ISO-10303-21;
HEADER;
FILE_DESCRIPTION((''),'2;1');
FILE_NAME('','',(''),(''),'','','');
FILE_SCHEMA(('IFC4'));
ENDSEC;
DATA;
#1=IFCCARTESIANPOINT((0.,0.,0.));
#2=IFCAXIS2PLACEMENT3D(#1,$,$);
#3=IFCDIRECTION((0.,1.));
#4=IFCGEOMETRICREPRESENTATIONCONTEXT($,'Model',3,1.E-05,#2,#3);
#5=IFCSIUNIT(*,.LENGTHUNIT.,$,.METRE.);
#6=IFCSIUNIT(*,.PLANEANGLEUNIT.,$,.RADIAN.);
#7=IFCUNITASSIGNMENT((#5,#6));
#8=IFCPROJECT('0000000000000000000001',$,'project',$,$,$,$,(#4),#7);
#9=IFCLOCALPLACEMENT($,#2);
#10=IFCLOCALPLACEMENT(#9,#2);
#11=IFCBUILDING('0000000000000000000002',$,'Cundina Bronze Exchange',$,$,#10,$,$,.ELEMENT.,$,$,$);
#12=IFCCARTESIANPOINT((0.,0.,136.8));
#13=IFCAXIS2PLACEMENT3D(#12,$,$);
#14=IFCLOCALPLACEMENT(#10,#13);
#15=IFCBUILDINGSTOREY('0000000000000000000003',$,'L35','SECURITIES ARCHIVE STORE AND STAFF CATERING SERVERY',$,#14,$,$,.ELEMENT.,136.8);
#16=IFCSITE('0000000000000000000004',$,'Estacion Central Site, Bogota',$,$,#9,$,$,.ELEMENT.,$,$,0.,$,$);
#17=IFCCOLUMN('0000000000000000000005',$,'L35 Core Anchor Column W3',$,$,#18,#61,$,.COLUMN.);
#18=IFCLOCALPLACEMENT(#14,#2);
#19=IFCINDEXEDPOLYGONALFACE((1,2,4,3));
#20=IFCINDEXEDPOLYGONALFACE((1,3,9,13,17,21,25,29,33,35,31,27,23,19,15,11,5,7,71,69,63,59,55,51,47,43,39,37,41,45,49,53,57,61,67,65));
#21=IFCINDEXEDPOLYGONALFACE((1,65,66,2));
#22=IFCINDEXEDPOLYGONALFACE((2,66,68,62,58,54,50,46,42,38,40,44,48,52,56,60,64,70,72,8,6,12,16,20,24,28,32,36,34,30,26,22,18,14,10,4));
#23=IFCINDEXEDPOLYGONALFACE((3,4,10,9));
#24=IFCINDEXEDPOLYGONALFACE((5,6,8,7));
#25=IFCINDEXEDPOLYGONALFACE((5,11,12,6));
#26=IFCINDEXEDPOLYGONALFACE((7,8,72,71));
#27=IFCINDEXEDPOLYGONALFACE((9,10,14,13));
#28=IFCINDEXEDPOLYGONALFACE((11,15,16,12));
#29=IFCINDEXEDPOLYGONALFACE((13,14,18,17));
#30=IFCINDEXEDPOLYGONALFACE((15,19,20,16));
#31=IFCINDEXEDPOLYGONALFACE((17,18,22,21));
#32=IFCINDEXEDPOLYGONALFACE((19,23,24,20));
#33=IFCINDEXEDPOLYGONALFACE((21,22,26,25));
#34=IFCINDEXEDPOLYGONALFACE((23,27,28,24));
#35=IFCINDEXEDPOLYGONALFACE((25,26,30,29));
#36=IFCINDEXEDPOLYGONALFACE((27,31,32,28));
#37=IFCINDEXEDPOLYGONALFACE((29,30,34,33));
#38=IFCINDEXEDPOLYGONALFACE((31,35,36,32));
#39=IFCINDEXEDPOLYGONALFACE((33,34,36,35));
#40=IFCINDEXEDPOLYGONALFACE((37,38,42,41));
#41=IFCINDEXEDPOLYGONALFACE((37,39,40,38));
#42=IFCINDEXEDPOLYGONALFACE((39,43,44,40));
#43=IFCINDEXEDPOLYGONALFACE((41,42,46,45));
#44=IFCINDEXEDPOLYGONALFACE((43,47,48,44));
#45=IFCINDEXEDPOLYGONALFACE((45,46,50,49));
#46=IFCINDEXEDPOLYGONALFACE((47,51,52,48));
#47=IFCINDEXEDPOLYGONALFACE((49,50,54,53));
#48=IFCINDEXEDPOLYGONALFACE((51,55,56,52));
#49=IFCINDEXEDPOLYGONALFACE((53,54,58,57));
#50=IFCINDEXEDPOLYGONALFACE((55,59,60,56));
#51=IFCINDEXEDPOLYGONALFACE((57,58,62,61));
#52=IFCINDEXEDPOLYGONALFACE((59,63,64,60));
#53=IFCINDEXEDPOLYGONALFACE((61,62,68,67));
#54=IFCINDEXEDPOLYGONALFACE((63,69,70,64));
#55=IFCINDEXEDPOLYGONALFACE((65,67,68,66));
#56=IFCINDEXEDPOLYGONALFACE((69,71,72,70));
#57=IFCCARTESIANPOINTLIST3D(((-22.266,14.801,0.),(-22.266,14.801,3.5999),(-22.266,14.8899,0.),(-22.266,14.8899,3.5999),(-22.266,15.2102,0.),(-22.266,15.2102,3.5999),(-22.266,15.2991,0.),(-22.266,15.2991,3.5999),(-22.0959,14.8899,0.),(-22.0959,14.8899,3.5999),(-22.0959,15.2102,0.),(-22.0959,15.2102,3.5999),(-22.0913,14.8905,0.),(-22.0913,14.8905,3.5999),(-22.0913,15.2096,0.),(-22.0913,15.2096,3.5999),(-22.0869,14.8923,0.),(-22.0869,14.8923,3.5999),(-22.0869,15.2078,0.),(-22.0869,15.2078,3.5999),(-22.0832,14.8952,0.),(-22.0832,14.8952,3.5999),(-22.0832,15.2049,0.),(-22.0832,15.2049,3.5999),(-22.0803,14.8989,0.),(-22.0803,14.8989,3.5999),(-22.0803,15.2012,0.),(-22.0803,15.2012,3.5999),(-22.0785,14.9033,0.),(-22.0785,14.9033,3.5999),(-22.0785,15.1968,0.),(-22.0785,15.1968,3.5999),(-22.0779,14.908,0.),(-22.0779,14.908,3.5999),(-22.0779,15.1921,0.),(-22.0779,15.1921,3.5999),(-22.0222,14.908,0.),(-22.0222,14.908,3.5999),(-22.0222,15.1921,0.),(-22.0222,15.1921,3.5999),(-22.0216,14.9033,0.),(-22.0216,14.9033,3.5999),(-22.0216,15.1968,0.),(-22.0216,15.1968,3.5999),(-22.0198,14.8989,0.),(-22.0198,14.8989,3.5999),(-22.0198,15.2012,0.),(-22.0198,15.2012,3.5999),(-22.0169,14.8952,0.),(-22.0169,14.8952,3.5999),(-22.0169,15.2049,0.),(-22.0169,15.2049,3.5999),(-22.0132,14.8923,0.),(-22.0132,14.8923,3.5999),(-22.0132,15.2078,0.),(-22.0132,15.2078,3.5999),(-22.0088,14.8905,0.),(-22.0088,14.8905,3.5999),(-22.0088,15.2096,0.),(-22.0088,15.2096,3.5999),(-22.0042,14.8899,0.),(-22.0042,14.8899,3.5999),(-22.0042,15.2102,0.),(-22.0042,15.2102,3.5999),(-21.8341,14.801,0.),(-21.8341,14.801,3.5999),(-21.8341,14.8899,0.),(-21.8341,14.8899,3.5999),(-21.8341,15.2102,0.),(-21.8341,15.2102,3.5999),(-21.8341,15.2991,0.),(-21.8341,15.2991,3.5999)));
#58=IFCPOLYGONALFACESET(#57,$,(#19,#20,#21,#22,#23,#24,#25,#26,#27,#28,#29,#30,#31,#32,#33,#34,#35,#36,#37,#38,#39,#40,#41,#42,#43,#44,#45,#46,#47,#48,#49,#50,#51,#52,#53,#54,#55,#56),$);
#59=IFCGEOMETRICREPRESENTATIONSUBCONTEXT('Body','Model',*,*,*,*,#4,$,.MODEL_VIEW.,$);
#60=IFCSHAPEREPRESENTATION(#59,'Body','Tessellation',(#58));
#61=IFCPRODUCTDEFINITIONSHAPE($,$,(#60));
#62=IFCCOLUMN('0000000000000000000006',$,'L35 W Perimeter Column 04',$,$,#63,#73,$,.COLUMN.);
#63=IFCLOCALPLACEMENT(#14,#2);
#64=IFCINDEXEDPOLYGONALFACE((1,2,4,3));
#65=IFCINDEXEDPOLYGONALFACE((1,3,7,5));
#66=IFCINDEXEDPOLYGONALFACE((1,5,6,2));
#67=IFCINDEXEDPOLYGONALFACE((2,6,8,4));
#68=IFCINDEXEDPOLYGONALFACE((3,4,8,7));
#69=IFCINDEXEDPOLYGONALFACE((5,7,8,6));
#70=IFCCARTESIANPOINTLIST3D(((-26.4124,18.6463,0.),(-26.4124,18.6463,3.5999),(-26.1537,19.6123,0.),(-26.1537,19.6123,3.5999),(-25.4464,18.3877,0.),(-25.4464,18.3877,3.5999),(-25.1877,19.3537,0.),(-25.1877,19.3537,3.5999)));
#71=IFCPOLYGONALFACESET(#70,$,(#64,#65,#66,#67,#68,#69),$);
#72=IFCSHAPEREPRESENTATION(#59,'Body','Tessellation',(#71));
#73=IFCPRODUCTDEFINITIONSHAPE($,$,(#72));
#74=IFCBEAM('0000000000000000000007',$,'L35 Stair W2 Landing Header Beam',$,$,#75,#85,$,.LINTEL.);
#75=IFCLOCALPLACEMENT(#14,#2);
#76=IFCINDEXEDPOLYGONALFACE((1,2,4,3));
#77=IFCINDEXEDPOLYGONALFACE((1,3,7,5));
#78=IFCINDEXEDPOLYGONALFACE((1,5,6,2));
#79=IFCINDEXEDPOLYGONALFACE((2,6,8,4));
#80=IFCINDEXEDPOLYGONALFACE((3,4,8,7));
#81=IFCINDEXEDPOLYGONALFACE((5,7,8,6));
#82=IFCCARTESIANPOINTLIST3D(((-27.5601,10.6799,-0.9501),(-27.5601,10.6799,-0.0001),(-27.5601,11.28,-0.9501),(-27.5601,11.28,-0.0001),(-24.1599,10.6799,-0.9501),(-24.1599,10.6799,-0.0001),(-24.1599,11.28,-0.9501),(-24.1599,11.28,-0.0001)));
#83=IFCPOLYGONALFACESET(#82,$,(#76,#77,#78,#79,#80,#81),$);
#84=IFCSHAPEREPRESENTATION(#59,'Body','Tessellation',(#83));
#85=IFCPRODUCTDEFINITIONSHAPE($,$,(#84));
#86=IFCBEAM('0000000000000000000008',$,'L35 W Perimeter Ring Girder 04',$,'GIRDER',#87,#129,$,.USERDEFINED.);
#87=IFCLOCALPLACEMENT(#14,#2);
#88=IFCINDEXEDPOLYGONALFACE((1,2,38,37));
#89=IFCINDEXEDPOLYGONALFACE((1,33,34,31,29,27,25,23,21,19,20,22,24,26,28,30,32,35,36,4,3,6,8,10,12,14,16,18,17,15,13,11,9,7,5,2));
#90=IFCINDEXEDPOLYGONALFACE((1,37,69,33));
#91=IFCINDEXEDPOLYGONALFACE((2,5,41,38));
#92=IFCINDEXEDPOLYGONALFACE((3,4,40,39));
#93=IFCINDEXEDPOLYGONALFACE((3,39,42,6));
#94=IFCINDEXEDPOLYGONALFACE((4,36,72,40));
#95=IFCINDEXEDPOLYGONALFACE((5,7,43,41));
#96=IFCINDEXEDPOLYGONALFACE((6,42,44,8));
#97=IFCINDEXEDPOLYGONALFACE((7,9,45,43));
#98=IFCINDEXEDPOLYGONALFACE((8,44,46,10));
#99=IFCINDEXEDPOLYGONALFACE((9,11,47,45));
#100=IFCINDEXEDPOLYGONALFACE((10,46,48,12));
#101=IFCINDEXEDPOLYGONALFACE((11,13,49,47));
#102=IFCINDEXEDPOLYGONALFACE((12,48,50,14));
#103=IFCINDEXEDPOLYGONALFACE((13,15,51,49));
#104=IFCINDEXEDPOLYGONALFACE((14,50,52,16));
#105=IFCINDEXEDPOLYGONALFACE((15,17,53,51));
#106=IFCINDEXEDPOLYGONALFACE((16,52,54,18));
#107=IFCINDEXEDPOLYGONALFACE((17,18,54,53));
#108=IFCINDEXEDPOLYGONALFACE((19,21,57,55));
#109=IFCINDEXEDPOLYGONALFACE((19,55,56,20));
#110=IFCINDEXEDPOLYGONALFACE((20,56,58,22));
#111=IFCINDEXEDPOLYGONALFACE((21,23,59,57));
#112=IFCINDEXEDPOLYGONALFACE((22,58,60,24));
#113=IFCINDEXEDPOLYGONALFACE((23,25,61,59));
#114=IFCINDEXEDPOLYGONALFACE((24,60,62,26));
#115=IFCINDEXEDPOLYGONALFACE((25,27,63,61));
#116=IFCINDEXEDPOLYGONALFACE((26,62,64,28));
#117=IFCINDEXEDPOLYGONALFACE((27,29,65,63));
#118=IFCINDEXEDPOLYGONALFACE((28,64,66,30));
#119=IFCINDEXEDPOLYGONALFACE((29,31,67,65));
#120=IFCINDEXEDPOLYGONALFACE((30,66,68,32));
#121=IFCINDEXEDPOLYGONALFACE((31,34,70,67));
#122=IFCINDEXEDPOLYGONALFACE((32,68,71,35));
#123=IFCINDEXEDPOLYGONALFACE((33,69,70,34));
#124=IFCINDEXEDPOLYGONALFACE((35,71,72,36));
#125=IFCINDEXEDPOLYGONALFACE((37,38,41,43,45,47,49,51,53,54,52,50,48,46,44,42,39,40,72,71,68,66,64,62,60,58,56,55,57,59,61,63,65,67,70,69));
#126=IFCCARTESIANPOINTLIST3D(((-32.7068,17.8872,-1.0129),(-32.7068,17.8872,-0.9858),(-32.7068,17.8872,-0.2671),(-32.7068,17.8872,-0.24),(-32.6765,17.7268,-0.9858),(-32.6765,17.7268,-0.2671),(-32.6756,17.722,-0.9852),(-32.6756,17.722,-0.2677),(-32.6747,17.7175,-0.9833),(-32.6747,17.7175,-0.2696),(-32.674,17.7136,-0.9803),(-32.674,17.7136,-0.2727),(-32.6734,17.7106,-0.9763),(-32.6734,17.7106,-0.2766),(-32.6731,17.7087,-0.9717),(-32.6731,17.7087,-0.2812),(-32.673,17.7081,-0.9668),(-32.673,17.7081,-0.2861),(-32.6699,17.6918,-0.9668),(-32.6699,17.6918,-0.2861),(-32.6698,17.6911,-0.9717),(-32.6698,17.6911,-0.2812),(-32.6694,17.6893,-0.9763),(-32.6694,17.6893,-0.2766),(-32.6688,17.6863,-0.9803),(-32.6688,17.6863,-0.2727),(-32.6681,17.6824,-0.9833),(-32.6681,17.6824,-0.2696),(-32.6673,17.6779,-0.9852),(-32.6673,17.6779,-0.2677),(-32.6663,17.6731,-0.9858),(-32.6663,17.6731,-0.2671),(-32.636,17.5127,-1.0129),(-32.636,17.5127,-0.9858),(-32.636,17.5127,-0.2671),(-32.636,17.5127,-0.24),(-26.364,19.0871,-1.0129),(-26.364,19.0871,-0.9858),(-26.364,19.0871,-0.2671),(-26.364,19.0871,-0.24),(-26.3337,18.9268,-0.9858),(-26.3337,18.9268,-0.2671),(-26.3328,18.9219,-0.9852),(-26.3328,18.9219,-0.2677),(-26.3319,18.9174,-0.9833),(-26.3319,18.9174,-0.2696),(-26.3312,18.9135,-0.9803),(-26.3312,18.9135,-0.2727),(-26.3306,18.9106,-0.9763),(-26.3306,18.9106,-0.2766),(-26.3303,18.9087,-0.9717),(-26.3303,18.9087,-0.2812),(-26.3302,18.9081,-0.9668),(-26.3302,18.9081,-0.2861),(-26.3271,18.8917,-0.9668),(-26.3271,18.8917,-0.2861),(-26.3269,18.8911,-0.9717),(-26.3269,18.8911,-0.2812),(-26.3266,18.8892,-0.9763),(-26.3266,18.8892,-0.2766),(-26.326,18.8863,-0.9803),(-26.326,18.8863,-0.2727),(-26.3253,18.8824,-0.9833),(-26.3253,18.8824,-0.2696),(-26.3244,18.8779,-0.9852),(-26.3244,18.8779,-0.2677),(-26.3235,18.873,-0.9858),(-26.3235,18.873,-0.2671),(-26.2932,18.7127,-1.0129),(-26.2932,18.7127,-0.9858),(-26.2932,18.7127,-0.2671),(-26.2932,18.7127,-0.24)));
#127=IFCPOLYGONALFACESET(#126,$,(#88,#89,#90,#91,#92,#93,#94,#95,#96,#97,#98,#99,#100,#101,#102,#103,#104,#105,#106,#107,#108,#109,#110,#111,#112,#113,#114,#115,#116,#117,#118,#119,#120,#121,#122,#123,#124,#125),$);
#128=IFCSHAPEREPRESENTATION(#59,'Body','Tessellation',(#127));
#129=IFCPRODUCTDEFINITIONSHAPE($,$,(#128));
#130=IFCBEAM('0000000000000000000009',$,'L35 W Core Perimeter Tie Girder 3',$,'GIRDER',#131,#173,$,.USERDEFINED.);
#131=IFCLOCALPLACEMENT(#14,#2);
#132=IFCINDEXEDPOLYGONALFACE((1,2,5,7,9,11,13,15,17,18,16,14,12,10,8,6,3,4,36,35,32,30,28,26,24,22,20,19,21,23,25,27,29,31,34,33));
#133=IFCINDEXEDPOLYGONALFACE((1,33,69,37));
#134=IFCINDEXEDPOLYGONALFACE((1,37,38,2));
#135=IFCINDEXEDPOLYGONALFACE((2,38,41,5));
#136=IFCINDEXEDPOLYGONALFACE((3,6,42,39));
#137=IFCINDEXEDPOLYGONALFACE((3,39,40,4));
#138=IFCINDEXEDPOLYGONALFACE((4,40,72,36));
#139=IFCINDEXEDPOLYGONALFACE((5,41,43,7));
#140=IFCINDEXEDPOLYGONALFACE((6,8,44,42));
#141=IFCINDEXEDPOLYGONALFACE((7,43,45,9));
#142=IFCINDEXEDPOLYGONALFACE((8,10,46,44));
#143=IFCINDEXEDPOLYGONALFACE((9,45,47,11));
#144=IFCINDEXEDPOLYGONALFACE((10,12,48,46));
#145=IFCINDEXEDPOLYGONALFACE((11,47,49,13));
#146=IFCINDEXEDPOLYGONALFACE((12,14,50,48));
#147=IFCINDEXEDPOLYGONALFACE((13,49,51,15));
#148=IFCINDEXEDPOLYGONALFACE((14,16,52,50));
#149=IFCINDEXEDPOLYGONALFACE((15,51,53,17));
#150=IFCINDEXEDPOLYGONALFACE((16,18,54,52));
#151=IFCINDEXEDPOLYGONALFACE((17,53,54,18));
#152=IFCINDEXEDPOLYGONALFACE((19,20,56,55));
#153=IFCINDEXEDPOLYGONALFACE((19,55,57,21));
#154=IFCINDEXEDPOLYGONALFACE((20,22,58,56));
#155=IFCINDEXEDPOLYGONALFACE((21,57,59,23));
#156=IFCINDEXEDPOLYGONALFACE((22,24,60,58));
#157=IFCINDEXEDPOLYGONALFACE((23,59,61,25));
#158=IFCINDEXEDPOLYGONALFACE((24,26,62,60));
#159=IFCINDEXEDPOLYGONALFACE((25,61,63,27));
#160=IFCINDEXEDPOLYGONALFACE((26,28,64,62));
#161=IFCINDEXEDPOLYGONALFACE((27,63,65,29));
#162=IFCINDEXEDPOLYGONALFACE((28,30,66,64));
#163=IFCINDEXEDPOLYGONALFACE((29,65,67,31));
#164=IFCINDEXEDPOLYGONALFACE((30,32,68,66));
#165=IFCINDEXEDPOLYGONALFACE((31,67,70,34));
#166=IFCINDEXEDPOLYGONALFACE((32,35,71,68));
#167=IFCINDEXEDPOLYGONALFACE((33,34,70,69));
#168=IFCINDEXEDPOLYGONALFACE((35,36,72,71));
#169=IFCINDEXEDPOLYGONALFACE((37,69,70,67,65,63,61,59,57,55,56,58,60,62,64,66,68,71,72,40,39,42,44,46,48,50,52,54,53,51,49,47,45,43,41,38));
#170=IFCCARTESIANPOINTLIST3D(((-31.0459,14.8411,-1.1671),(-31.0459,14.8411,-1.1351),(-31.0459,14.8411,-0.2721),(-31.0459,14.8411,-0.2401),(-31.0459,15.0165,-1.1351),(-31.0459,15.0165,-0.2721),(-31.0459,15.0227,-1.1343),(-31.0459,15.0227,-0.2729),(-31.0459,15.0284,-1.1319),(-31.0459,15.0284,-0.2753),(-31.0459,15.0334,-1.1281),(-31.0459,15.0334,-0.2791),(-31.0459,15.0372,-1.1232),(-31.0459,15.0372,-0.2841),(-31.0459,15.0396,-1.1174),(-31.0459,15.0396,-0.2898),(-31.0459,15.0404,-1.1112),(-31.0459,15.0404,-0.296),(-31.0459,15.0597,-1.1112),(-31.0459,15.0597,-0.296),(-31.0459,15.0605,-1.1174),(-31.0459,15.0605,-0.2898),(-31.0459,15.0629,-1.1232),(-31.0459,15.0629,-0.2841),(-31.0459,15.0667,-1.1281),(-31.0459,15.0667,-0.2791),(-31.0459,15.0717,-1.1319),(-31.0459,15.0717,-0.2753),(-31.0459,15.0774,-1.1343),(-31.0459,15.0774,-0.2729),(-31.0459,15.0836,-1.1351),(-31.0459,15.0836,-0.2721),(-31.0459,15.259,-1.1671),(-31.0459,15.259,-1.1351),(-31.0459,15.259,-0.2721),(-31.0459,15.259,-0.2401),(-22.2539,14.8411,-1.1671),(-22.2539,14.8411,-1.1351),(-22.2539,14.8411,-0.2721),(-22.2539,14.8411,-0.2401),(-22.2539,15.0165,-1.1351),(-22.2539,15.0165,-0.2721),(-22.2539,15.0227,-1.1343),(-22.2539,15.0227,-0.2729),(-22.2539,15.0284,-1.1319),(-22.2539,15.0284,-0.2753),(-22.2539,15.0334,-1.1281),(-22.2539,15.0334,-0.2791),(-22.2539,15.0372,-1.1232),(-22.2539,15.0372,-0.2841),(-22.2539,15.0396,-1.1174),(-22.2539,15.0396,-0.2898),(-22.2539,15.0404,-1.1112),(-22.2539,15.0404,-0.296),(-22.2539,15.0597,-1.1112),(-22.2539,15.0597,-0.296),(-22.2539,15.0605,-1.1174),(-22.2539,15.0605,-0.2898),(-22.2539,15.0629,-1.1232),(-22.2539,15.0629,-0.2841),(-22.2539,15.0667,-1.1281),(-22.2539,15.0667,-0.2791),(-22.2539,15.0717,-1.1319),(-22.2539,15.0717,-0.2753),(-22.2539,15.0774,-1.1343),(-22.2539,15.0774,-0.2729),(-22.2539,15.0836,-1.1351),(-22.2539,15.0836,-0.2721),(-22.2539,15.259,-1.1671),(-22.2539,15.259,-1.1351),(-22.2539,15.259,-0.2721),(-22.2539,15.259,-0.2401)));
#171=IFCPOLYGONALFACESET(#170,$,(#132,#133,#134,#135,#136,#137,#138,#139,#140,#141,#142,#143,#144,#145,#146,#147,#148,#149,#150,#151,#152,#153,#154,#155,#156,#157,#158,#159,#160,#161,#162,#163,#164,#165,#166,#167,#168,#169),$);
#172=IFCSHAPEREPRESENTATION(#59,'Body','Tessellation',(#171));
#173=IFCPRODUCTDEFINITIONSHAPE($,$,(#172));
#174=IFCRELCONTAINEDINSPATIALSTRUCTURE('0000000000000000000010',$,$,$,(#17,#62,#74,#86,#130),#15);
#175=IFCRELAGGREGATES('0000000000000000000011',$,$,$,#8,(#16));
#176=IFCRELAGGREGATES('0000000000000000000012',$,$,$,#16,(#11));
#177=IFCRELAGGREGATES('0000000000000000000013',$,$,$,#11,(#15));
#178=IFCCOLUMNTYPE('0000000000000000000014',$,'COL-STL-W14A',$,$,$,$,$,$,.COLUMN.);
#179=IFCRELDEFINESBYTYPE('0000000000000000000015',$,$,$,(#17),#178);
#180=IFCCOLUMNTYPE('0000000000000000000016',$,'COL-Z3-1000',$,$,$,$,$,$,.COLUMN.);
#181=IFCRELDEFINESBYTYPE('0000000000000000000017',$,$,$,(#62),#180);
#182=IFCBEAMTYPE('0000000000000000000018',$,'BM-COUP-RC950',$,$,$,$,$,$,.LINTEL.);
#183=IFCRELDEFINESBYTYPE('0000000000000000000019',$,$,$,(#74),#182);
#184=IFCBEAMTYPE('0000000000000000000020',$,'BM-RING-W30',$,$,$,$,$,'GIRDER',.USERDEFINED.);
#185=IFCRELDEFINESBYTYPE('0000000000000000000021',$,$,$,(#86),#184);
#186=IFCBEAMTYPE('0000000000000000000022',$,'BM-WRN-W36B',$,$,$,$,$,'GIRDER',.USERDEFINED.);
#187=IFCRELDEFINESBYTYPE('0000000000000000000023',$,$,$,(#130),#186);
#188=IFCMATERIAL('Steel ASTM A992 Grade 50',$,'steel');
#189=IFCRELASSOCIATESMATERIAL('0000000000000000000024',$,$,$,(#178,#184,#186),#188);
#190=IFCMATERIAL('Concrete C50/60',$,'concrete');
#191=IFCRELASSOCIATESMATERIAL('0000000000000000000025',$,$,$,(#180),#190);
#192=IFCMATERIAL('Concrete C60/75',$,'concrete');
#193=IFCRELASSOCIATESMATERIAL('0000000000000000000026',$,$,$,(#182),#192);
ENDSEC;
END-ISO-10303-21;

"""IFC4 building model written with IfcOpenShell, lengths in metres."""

from ifc_helpers import new_model, si_unit, direction, frame, origin, origin_2d, place, context, subcontext, project, spatial, rectangle, i_section, extrude, material, material_profile, profile_set, type_object, element, save


model = new_model("IFC4")

# Units and contexts
model_context = context("Model", 3, precision=1e-05, world=origin(), true_north=direction((0.0, 1.0)))
body_context = subcontext(model_context, "Body", "Model", "MODEL_VIEW")
ifc_project = project(units=[si_unit("LENGTHUNIT", "METRE"), si_unit("PLANEANGLEUNIT", "RADIAN")], contexts=[model_context])

# Site, building, storey
site_placement = place(None, origin())
site = spatial("IfcSite", under=ifc_project, at=site_placement, Name="Estacion Central Site, Bogota", CompositionType="ELEMENT", RefElevation=0.0)
building_placement = place(site_placement, origin())
building = spatial("IfcBuilding", under=site, at=building_placement, Name="Cundina Bronze Exchange", CompositionType="ELEMENT")
storey_placement = place(building_placement, frame((0.0, 0.0, 136.8)))
storey = spatial("IfcBuildingStorey", under=building, at=storey_placement, Name="L35", Description="SECURITIES ARCHIVE STORE AND STAFF CATERING SERVERY", CompositionType="ELEMENT", Elevation=136.8)

# Columns
ifc_material_1 = material(Name="Steel ASTM A992 Grade 50", Category="steel")
ifc_material_profile_1 = material_profile(ifc_material_1, i_section(OverallWidth=0.4319, OverallDepth=0.498, WebThickness=0.0557, FlangeThickness=0.0889, FilletRadius=0.0181, at=origin_2d()), Name="W14X500", Category="steel")
ifc_profile_set_1 = profile_set([ifc_material_profile_1], Name="Steel ASTM A992 Grade 50")
column_type_1 = type_object("IfcColumnType", Name="COL-STL-W14A", PredefinedType="COLUMN", material=ifc_profile_set_1)
column_1_placement = place(storey_placement, frame((-22.05, 15.05, 0.0), z_axis=(0.0, 0.0, 1.0), x_axis=(1.0, 0.0, 0.0)))
element("IfcColumn", 1, at=column_1_placement, inside=storey, type_object=column_type_1, Name="L35 Core Anchor Column W3", PredefinedType="COLUMN", context=body_context, shape_type="SweptSolid", body=[
    extrude(i_section(OverallWidth=0.4319, OverallDepth=0.498, WebThickness=0.0557, FlangeThickness=0.0889, FilletRadius=0.0181, at=origin_2d()), origin(), (0.0, 0.0, 1.0), 3.5999),
])
ifc_material_2 = material(Name="Concrete C50/60", Category="concrete")
ifc_material_profile_2 = material_profile(ifc_material_2, rectangle(XDim=1.0, YDim=1.0, at=origin_2d()), Name="RC1000X1000", Category="concrete")
ifc_profile_set_2 = profile_set([ifc_material_profile_2], Name="Concrete C50/60")
column_type_2 = type_object("IfcColumnType", Name="COL-Z3-1000", PredefinedType="COLUMN", material=ifc_profile_set_2)
column_2_placement = place(storey_placement, frame((-25.8, 19.0, 0.0), z_axis=(0.0, 0.0, 1.0), x_axis=(-0.965971, 0.25865, 0.0)))
element("IfcColumn", 2, at=column_2_placement, inside=storey, type_object=column_type_2, Name="L35 W Perimeter Column 04", PredefinedType="COLUMN", context=body_context, shape_type="SweptSolid", body=[
    extrude(rectangle(XDim=1.0, YDim=1.0, at=origin_2d()), origin(), (0.0, 0.0, 1.0), 3.5999),
])

# Beams
ifc_material_3 = material(Name="Concrete C60/75", Category="concrete")
ifc_material_profile_3 = material_profile(ifc_material_3, rectangle(XDim=0.6001, YDim=0.95, at=origin_2d()), Name="RC600X950", Category="concrete")
ifc_profile_set_3 = profile_set([ifc_material_profile_3], Name="Concrete C60/75")
beam_type_1 = type_object("IfcBeamType", Name="BM-COUP-RC950", PredefinedType="LINTEL", material=ifc_profile_set_3)
beam_1_placement = place(storey_placement, frame((-27.5601, 10.98, -0.4751), z_axis=(1.0, 0.0, 0.0), x_axis=(0.0, 1.0, 0.0)))
element("IfcBeam", 3, at=beam_1_placement, inside=storey, type_object=beam_type_1, Name="L35 Stair W2 Landing Header Beam", PredefinedType="LINTEL", context=body_context, shape_type="SweptSolid", body=[
    extrude(rectangle(XDim=0.6001, YDim=0.95, at=origin_2d()), origin(), (0.0, 0.0, 1.0), 3.4001),
])
ifc_material_profile_4 = material_profile(ifc_material_1, i_section(OverallWidth=0.3811, OverallDepth=0.7729, WebThickness=0.0166, FlangeThickness=0.0271, FilletRadius=0.019, at=origin_2d()), Name="W30X173", Category="steel")
ifc_profile_set_4 = profile_set([ifc_material_profile_4], Name="Steel ASTM A992 Grade 50")
beam_type_2 = type_object("IfcBeamType", Name="BM-RING-W30", ElementType="GIRDER", PredefinedType="USERDEFINED", material=ifc_profile_set_4)
beam_2_placement = place(storey_placement, frame((-26.3286, 18.8999, -0.6265), z_axis=(-0.982571, -0.185887, 0.0), x_axis=(0.185887, -0.982571, 0.0)))
element("IfcBeam", 4, at=beam_2_placement, inside=storey, type_object=beam_type_2, Name="L35 W Perimeter Ring Girder 04", ObjectType="GIRDER", PredefinedType="USERDEFINED", context=body_context, shape_type="SweptSolid", body=[
    extrude(i_section(OverallWidth=0.3811, OverallDepth=0.7729, WebThickness=0.0166, FlangeThickness=0.0271, FilletRadius=0.019, at=origin_2d()), origin(), (0.0, 0.0, 1.0), 6.4553),
])
ifc_material_profile_5 = material_profile(ifc_material_1, i_section(OverallWidth=0.418, OverallDepth=0.927, WebThickness=0.0193, FlangeThickness=0.032, FilletRadius=0.0239, at=origin_2d()), Name="W36X231", Category="steel")
ifc_profile_set_5 = profile_set([ifc_material_profile_5], Name="Steel ASTM A992 Grade 50")
beam_type_3 = type_object("IfcBeamType", Name="BM-WRN-W36B", ElementType="GIRDER", PredefinedType="USERDEFINED", material=ifc_profile_set_5)
beam_3_placement = place(storey_placement, frame((-22.2539, 15.05, -0.7036), z_axis=(-1.0, 0.0, 0.0), x_axis=(0.0, -1.0, 0.0)))
element("IfcBeam", 5, at=beam_3_placement, inside=storey, type_object=beam_type_3, Name="L35 W Core Perimeter Tie Girder 3", ObjectType="GIRDER", PredefinedType="USERDEFINED", context=body_context, shape_type="SweptSolid", body=[
    extrude(i_section(OverallWidth=0.418, OverallDepth=0.927, WebThickness=0.0193, FlangeThickness=0.032, FilletRadius=0.0239, at=origin_2d()), origin(), (0.0, 0.0, 1.0), 8.792),
])

save(model, "model.ifc")
